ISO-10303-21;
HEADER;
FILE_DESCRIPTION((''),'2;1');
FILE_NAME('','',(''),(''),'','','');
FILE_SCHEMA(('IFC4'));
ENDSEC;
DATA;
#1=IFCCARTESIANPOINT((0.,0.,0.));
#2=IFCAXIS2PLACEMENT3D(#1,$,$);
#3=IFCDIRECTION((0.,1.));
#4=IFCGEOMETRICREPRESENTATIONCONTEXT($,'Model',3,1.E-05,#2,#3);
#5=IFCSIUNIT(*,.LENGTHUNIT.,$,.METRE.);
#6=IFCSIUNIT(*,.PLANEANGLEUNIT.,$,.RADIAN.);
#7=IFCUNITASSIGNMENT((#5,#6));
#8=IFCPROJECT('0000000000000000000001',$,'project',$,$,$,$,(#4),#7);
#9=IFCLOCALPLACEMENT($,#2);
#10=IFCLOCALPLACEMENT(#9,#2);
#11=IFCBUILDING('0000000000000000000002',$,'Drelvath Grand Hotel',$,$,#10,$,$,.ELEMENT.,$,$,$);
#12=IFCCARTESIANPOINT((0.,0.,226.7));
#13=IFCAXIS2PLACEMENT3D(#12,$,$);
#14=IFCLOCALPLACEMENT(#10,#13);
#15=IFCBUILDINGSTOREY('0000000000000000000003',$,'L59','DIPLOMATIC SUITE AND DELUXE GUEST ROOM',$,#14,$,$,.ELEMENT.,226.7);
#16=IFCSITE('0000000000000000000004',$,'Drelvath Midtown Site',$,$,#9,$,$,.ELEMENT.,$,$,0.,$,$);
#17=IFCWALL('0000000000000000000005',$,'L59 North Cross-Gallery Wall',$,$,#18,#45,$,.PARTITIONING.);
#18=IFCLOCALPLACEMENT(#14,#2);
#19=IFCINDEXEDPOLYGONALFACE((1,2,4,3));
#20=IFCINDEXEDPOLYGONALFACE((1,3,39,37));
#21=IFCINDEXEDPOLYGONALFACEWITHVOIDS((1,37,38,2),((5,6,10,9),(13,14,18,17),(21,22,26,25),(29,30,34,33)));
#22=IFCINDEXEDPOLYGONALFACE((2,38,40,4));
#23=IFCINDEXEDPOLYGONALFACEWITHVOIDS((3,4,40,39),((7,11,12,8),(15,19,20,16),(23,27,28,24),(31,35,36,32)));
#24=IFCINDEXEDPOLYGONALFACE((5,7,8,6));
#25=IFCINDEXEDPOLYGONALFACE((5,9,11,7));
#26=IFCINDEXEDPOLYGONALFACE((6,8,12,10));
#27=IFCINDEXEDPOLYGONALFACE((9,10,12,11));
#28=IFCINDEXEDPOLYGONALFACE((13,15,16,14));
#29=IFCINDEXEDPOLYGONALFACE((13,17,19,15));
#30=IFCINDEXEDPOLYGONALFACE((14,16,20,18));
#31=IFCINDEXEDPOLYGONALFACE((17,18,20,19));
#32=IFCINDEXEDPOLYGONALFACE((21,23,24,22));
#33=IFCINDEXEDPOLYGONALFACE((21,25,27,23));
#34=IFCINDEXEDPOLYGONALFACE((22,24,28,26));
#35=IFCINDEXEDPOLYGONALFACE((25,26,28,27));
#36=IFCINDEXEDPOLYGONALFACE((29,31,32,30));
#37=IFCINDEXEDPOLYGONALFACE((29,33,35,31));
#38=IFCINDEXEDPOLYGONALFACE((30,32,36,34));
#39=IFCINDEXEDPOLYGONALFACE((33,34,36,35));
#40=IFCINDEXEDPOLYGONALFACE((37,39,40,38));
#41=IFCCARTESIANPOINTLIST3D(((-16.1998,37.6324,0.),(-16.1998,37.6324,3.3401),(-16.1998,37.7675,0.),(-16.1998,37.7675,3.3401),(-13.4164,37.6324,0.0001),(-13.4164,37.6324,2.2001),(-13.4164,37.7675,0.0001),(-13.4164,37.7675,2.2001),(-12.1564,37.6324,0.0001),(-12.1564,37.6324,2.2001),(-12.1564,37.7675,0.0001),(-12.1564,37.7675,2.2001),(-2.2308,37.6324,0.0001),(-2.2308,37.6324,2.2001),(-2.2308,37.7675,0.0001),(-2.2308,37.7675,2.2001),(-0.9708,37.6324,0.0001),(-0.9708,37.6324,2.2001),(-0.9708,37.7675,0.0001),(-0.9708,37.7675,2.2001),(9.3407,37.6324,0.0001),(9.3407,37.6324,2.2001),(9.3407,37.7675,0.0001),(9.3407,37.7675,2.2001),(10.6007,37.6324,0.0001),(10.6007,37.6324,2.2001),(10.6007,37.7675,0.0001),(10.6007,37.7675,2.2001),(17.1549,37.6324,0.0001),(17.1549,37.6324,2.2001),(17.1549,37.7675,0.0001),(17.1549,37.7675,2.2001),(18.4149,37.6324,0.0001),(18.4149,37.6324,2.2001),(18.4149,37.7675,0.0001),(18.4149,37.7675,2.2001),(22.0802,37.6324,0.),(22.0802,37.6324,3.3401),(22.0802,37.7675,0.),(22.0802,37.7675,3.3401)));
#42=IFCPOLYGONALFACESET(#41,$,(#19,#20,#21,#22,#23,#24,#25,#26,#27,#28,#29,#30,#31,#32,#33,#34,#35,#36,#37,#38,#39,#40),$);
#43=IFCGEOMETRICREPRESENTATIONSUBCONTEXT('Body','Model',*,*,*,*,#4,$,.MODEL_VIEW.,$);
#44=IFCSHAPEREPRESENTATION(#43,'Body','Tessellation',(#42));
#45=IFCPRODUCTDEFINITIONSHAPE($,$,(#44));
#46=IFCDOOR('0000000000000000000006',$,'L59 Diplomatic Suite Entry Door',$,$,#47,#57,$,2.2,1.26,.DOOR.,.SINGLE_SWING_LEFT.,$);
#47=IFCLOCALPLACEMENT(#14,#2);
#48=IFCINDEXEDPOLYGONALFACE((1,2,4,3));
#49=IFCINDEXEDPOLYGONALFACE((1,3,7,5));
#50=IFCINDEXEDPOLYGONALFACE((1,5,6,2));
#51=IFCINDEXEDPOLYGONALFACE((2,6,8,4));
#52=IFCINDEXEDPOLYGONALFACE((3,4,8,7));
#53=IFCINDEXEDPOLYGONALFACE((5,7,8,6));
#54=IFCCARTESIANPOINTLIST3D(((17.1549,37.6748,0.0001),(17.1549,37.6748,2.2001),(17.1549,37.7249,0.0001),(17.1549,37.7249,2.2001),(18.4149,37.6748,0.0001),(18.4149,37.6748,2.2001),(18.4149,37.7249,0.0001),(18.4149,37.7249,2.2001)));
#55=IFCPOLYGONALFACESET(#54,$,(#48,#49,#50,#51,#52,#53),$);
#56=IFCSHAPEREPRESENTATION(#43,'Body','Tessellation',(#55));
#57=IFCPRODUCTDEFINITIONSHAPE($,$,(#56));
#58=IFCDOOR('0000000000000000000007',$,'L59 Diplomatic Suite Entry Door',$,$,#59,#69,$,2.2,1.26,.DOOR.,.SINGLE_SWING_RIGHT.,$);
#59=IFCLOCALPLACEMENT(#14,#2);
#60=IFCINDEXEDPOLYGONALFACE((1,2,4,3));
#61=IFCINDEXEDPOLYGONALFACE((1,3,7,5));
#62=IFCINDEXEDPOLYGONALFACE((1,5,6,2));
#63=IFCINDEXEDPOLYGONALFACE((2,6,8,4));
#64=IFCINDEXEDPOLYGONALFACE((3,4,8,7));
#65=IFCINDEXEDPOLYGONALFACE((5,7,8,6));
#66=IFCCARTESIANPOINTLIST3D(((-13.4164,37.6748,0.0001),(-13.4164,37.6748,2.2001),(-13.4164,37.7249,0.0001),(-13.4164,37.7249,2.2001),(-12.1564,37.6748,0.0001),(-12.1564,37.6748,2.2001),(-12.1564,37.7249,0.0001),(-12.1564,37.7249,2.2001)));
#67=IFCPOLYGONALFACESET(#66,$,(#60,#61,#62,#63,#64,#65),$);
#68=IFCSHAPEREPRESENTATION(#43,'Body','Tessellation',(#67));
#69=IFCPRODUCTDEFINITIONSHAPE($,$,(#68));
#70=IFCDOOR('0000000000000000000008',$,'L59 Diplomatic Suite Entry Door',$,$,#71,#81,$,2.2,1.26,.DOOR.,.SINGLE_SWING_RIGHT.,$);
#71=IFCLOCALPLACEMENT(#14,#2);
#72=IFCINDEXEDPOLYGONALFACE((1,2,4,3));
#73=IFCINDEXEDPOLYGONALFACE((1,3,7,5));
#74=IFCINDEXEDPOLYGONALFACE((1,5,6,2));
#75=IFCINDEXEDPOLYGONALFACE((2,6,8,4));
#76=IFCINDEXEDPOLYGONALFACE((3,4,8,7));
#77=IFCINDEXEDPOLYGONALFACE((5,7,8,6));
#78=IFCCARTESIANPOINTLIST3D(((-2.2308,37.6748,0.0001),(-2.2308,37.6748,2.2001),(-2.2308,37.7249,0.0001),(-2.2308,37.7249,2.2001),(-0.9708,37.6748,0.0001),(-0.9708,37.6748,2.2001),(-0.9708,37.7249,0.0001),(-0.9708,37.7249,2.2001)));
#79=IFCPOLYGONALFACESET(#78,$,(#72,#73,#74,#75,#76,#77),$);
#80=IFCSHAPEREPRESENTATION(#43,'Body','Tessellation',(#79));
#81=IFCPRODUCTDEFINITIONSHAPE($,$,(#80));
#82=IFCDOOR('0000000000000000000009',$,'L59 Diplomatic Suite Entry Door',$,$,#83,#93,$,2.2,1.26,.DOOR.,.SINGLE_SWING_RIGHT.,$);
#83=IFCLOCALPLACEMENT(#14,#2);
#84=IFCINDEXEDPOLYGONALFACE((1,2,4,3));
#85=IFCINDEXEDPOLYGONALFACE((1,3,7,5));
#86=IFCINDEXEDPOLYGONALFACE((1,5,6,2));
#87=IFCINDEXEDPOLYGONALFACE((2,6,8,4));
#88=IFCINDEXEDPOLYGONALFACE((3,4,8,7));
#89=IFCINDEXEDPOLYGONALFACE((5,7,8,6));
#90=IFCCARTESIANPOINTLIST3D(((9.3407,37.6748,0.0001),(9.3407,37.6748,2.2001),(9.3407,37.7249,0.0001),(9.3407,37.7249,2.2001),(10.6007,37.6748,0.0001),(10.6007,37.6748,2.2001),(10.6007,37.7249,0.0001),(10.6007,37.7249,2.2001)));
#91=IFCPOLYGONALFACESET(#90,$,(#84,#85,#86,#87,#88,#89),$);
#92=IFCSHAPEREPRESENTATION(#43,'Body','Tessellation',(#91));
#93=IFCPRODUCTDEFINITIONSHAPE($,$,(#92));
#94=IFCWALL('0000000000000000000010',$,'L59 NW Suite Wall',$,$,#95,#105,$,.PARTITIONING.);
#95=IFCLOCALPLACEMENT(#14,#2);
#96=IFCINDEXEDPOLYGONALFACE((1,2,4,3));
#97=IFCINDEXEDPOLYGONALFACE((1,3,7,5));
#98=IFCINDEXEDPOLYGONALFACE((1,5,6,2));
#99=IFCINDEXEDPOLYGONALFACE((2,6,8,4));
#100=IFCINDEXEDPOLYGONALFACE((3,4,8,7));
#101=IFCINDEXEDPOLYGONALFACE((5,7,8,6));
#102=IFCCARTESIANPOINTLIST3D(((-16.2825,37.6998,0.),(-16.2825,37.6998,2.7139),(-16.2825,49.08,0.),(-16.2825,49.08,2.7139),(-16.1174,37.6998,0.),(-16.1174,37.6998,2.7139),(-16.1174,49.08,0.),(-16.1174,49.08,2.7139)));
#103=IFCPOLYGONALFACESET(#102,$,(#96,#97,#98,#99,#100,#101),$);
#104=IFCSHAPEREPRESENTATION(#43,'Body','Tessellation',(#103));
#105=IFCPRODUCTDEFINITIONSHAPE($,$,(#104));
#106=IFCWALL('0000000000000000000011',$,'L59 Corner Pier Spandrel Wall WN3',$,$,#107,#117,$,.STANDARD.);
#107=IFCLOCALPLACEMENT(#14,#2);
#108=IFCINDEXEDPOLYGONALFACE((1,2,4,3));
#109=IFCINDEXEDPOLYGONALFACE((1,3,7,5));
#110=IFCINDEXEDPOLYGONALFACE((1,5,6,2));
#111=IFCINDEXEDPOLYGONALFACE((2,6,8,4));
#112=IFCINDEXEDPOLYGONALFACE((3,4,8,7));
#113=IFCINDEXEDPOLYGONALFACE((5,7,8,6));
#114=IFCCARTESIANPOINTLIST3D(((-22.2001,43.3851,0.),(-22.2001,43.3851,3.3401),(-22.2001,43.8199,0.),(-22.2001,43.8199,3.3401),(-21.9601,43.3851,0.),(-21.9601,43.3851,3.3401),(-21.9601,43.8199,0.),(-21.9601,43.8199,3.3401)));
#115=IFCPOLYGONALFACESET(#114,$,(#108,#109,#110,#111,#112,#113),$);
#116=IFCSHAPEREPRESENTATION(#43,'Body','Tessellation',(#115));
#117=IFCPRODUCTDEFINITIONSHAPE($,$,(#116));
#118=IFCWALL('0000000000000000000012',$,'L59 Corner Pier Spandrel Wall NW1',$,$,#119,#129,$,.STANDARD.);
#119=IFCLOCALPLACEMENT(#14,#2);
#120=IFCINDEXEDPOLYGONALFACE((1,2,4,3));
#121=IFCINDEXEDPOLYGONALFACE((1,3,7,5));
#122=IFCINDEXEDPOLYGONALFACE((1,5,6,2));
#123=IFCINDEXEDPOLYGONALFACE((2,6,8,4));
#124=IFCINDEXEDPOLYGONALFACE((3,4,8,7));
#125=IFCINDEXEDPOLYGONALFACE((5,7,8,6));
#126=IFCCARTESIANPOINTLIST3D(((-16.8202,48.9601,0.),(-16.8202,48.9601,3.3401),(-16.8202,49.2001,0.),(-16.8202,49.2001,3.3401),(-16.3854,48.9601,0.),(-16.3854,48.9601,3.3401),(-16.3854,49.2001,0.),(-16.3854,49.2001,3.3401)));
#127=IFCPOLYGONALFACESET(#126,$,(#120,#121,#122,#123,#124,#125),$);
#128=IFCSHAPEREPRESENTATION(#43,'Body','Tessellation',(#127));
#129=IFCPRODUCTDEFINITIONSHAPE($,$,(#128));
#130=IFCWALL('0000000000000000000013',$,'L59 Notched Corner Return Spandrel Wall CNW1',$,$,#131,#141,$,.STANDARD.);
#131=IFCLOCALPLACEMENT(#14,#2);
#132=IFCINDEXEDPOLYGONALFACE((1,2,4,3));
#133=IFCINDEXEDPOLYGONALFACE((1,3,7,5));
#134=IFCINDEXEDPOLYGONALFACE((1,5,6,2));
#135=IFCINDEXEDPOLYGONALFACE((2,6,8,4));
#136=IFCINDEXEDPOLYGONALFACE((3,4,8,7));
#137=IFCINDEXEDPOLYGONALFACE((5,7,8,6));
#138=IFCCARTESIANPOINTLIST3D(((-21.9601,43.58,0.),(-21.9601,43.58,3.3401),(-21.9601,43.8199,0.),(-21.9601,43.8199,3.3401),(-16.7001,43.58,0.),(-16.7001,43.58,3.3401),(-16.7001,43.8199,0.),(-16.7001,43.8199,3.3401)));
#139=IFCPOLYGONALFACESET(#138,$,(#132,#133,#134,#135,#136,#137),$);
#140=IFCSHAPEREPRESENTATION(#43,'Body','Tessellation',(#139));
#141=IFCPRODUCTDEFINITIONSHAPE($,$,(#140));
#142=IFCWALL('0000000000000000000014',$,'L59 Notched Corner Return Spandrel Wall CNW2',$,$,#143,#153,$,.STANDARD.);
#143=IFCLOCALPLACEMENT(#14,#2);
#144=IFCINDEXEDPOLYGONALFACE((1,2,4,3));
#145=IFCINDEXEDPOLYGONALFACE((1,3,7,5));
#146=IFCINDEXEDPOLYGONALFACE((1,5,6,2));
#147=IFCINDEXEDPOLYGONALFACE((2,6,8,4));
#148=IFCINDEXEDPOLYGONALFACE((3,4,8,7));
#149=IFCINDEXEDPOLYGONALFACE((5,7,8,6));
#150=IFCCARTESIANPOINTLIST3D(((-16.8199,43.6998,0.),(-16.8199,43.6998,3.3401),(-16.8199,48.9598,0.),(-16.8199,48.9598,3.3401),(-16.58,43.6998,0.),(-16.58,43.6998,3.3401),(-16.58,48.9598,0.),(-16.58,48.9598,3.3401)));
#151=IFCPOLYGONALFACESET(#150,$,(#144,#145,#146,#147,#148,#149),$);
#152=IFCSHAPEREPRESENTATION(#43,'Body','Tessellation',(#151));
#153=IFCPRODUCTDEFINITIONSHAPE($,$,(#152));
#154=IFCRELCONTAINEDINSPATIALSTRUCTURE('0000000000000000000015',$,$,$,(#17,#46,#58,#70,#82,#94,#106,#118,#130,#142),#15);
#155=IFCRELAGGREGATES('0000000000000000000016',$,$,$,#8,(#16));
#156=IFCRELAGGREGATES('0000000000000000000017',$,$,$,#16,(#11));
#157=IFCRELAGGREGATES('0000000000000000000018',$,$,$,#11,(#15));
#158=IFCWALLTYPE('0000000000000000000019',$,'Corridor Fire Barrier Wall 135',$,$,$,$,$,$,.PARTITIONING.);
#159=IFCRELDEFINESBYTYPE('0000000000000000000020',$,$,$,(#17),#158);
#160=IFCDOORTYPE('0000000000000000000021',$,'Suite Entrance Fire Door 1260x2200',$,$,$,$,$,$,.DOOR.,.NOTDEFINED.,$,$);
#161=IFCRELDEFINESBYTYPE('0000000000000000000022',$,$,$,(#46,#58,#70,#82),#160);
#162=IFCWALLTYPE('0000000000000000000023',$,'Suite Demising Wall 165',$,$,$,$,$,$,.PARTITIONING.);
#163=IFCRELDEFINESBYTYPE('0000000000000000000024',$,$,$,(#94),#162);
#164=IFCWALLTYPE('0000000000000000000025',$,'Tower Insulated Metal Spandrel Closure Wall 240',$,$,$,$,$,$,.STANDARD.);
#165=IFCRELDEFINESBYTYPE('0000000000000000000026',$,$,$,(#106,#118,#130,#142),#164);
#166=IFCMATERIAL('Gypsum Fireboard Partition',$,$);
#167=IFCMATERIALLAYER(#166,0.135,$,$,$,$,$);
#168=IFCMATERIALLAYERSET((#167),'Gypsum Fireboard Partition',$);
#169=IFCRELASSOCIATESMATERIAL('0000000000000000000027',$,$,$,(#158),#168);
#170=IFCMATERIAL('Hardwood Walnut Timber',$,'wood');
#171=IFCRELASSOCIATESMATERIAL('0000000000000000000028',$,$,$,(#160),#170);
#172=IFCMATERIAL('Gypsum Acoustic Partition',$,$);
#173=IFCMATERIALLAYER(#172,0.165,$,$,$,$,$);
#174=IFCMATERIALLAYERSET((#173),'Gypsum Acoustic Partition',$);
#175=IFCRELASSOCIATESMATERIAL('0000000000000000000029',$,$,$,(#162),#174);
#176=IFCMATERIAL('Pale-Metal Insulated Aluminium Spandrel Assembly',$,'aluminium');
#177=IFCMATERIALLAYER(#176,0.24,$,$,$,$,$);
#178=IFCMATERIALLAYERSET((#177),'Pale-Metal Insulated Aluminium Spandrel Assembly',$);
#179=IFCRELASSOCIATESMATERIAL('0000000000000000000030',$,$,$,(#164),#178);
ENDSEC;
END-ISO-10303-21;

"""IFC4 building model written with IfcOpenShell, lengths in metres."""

from ifc_helpers import new_model, si_unit, direction, frame, frame_2d, origin, place, context, subcontext, project, spatial, rectangle, extrude, material, layer, layer_set, type_object, element, fill, save


model = new_model("IFC4")

# Units and contexts
model_context = context("Model", 3, precision=1e-05, world=origin(), true_north=direction((0.0, 1.0)))
body_context = subcontext(model_context, "Body", "Model", "MODEL_VIEW")
ifc_project = project(units=[si_unit("LENGTHUNIT", "METRE"), si_unit("PLANEANGLEUNIT", "RADIAN")], contexts=[model_context])

# Site, building, storey
site_placement = place(None, origin())
site = spatial("IfcSite", under=ifc_project, at=site_placement, Name="Drelvath Midtown Site", CompositionType="ELEMENT", RefElevation=0.0)
building_placement = place(site_placement, origin())
building = spatial("IfcBuilding", under=site, at=building_placement, Name="Drelvath Grand Hotel", CompositionType="ELEMENT")
storey_placement = place(building_placement, frame((0.0, 0.0, 226.7)))
storey = spatial("IfcBuildingStorey", under=building, at=storey_placement, Name="L59", Description="DIPLOMATIC SUITE AND DELUXE GUEST ROOM", CompositionType="ELEMENT", Elevation=226.7)

# Wall, openings, doors
ifc_material_1 = material(Name="Gypsum Fireboard Partition")
ifc_layer_1 = layer(ifc_material_1, 0.135)
ifc_layer_set_1 = layer_set([ifc_layer_1], Name="Gypsum Fireboard Partition")
wall_type_1 = type_object("IfcWallType", Name="Corridor Fire Barrier Wall 135", PredefinedType="PARTITIONING", material=ifc_layer_set_1)
wall_1_placement = place(storey_placement, frame((-16.2, 37.7, 0.0), z_axis=(0.0, 0.0, 1.0), x_axis=(1.0, 0.0, 0.0)))
wall_1 = element("IfcWall", 1, at=wall_1_placement, inside=storey, type_object=wall_type_1, Name="L59 North Cross-Gallery Wall", PredefinedType="PARTITIONING", context=body_context, shape_type="SweptSolid", body=[
    extrude(rectangle(XDim=38.28, YDim=0.135, at=frame_2d((19.1401, 0.0))), origin(), (0.0, 0.0, 1.0), 3.3401),
])
opening_1_placement = place(wall_1_placement, frame((33.355, 0.0, 0.0)))
opening_1 = element("IfcOpeningElement", 2, at=opening_1_placement, cuts=wall_1, PredefinedType="OPENING", context=body_context, shape_type="SweptSolid", body=[
    extrude(rectangle(XDim=1.26, YDim=2.2, at=frame_2d((0.6299, 1.1001))), frame((0.0, 0.0774, 0.0), z_axis=(0.0, -1.0, 0.0), x_axis=(1.0, 0.0, 0.0)), (0.0, 0.0, 1.0), 0.155),
])
opening_2_placement = place(wall_1_placement, frame((2.7837, 0.0, 0.0)))
opening_2 = element("IfcOpeningElement", 3, at=opening_2_placement, cuts=wall_1, PredefinedType="OPENING", context=body_context, shape_type="SweptSolid", body=[
    extrude(rectangle(XDim=1.26, YDim=2.2, at=frame_2d((0.6299, 1.1001))), frame((0.0, 0.0774, 0.0), z_axis=(0.0, -1.0, 0.0), x_axis=(1.0, 0.0, 0.0)), (0.0, 0.0, 1.0), 0.155),
])
opening_3_placement = place(wall_1_placement, frame((13.9692, 0.0, 0.0)))
opening_3 = element("IfcOpeningElement", 4, at=opening_3_placement, cuts=wall_1, PredefinedType="OPENING", context=body_context, shape_type="SweptSolid", body=[
    extrude(rectangle(XDim=1.26, YDim=2.2, at=frame_2d((0.6299, 1.1001))), frame((0.0, 0.0774, 0.0), z_axis=(0.0, -1.0, 0.0), x_axis=(1.0, 0.0, 0.0)), (0.0, 0.0, 1.0), 0.155),
])
opening_4_placement = place(wall_1_placement, frame((25.5408, 0.0, 0.0)))
opening_4 = element("IfcOpeningElement", 5, at=opening_4_placement, cuts=wall_1, PredefinedType="OPENING", context=body_context, shape_type="SweptSolid", body=[
    extrude(rectangle(XDim=1.26, YDim=2.2, at=frame_2d((0.6299, 1.1001))), frame((0.0, 0.0774, 0.0), z_axis=(0.0, -1.0, 0.0), x_axis=(1.0, 0.0, 0.0)), (0.0, 0.0, 1.0), 0.155),
])
ifc_material_2 = material(Name="Hardwood Walnut Timber", Category="wood")
door_type = type_object("IfcDoorType", Name="Suite Entrance Fire Door 1260x2200", OperationType="NOTDEFINED", PredefinedType="DOOR", material=ifc_material_2)
door_1_placement = place(opening_1_placement, origin())
door_1 = element("IfcDoor", 6, at=door_1_placement, inside=storey, type_object=door_type, Name="L59 Diplomatic Suite Entry Door", OperationType="SINGLE_SWING_LEFT", OverallHeight=2.2, OverallWidth=1.26, PredefinedType="DOOR", context=body_context, shape_type="SweptSolid", body=[
    extrude(rectangle(XDim=1.26, YDim=2.2, at=frame_2d((0.6299, 1.1001))), frame((0.0, 0.0249, 0.0), z_axis=(0.0, -1.0, 0.0), x_axis=(1.0, 0.0, 0.0)), (0.0, 0.0, 1.0), 0.05),
])
fill(opening_1, door_1)
door_2_placement = place(opening_2_placement, origin())
door_2 = element("IfcDoor", 7, at=door_2_placement, inside=storey, type_object=door_type, Name="L59 Diplomatic Suite Entry Door", OperationType="SINGLE_SWING_RIGHT", OverallHeight=2.2, OverallWidth=1.26, PredefinedType="DOOR", context=body_context, shape_type="SweptSolid", body=[
    extrude(rectangle(XDim=1.26, YDim=2.2, at=frame_2d((0.6299, 1.1001))), frame((0.0, 0.0249, 0.0), z_axis=(0.0, -1.0, 0.0), x_axis=(1.0, 0.0, 0.0)), (0.0, 0.0, 1.0), 0.05),
])
fill(opening_2, door_2)
door_3_placement = place(opening_3_placement, origin())
door_3 = element("IfcDoor", 8, at=door_3_placement, inside=storey, type_object=door_type, Name="L59 Diplomatic Suite Entry Door", OperationType="SINGLE_SWING_RIGHT", OverallHeight=2.2, OverallWidth=1.26, PredefinedType="DOOR", context=body_context, shape_type="SweptSolid", body=[
    extrude(rectangle(XDim=1.26, YDim=2.2, at=frame_2d((0.6299, 1.1001))), frame((0.0, 0.0249, 0.0), z_axis=(0.0, -1.0, 0.0), x_axis=(1.0, 0.0, 0.0)), (0.0, 0.0, 1.0), 0.05),
])
fill(opening_3, door_3)
door_4_placement = place(opening_4_placement, origin())
door_4 = element("IfcDoor", 9, at=door_4_placement, inside=storey, type_object=door_type, Name="L59 Diplomatic Suite Entry Door", OperationType="SINGLE_SWING_RIGHT", OverallHeight=2.2, OverallWidth=1.26, PredefinedType="DOOR", context=body_context, shape_type="SweptSolid", body=[
    extrude(rectangle(XDim=1.26, YDim=2.2, at=frame_2d((0.6299, 1.1001))), frame((0.0, 0.0249, 0.0), z_axis=(0.0, -1.0, 0.0), x_axis=(1.0, 0.0, 0.0)), (0.0, 0.0, 1.0), 0.05),
])
fill(opening_4, door_4)

# Walls
ifc_material_3 = material(Name="Gypsum Acoustic Partition")
ifc_layer_2 = layer(ifc_material_3, 0.165)
ifc_layer_set_2 = layer_set([ifc_layer_2], Name="Gypsum Acoustic Partition")
wall_type_2 = type_object("IfcWallType", Name="Suite Demising Wall 165", PredefinedType="PARTITIONING", material=ifc_layer_set_2)
wall_2_placement = place(storey_placement, frame((-16.2, 37.7, 0.0), z_axis=(0.0, 0.0, 1.0), x_axis=(0.0, 1.0, 0.0)))
element("IfcWall", 10, at=wall_2_placement, inside=storey, type_object=wall_type_2, Name="L59 NW Suite Wall", PredefinedType="PARTITIONING", context=body_context, shape_type="SweptSolid", body=[
    extrude(rectangle(XDim=11.3801, YDim=0.165, at=frame_2d((5.6899, 0.0))), origin(), (0.0, 0.0, 1.0), 2.7139),
])
ifc_material_4 = material(Name="Pale-Metal Insulated Aluminium Spandrel Assembly", Category="aluminium")
ifc_layer_3 = layer(ifc_material_4, 0.24)
ifc_layer_set_3 = layer_set([ifc_layer_3], Name="Pale-Metal Insulated Aluminium Spandrel Assembly")
wall_type_3 = type_object("IfcWallType", Name="Tower Insulated Metal Spandrel Closure Wall 240", PredefinedType="STANDARD", material=ifc_layer_set_3)
for number, where, z_axis, x_axis, name in (
    (11, (-22.0801, 43.3853, 0.0), (0.0, 0.0, 1.0), (0.0, 1.0, 0.0), "L59 Corner Pier Spandrel Wall WN3"),
    (12, (-16.8201, 49.0801, 0.0), (0.0, 0.0, 1.0), (1.0, 0.0, 0.0), "L59 Corner Pier Spandrel Wall NW1"),
):
    element("IfcWall", number, at=place(storey_placement, frame(where, z_axis=z_axis, x_axis=x_axis)), inside=storey, type_object=wall_type_3, Name=name, PredefinedType="STANDARD", context=body_context, shape_type="SweptSolid", body=[
        extrude(rectangle(XDim=0.4348, YDim=0.24, at=frame_2d((0.2173, 0.0))), origin(), (0.0, 0.0, 1.0), 3.3401),
    ])
for number, where, z_axis, x_axis, name in (
    (13, (-21.96, 43.7, 0.0), (0.0, 0.0, 1.0), (1.0, 0.0, 0.0), "L59 Notched Corner Return Spandrel Wall CNW1"),
    (14, (-16.7, 43.7, 0.0), (0.0, 0.0, 1.0), (0.0, 1.0, 0.0), "L59 Notched Corner Return Spandrel Wall CNW2"),
):
    element("IfcWall", number, at=place(storey_placement, frame(where, z_axis=z_axis, x_axis=x_axis)), inside=storey, type_object=wall_type_3, Name=name, PredefinedType="STANDARD", context=body_context, shape_type="SweptSolid", body=[
        extrude(rectangle(XDim=5.26, YDim=0.24, at=frame_2d((2.6299, 0.0))), origin(), (0.0, 0.0, 1.0), 3.3401),
    ])

save(model, "model.ifc")
